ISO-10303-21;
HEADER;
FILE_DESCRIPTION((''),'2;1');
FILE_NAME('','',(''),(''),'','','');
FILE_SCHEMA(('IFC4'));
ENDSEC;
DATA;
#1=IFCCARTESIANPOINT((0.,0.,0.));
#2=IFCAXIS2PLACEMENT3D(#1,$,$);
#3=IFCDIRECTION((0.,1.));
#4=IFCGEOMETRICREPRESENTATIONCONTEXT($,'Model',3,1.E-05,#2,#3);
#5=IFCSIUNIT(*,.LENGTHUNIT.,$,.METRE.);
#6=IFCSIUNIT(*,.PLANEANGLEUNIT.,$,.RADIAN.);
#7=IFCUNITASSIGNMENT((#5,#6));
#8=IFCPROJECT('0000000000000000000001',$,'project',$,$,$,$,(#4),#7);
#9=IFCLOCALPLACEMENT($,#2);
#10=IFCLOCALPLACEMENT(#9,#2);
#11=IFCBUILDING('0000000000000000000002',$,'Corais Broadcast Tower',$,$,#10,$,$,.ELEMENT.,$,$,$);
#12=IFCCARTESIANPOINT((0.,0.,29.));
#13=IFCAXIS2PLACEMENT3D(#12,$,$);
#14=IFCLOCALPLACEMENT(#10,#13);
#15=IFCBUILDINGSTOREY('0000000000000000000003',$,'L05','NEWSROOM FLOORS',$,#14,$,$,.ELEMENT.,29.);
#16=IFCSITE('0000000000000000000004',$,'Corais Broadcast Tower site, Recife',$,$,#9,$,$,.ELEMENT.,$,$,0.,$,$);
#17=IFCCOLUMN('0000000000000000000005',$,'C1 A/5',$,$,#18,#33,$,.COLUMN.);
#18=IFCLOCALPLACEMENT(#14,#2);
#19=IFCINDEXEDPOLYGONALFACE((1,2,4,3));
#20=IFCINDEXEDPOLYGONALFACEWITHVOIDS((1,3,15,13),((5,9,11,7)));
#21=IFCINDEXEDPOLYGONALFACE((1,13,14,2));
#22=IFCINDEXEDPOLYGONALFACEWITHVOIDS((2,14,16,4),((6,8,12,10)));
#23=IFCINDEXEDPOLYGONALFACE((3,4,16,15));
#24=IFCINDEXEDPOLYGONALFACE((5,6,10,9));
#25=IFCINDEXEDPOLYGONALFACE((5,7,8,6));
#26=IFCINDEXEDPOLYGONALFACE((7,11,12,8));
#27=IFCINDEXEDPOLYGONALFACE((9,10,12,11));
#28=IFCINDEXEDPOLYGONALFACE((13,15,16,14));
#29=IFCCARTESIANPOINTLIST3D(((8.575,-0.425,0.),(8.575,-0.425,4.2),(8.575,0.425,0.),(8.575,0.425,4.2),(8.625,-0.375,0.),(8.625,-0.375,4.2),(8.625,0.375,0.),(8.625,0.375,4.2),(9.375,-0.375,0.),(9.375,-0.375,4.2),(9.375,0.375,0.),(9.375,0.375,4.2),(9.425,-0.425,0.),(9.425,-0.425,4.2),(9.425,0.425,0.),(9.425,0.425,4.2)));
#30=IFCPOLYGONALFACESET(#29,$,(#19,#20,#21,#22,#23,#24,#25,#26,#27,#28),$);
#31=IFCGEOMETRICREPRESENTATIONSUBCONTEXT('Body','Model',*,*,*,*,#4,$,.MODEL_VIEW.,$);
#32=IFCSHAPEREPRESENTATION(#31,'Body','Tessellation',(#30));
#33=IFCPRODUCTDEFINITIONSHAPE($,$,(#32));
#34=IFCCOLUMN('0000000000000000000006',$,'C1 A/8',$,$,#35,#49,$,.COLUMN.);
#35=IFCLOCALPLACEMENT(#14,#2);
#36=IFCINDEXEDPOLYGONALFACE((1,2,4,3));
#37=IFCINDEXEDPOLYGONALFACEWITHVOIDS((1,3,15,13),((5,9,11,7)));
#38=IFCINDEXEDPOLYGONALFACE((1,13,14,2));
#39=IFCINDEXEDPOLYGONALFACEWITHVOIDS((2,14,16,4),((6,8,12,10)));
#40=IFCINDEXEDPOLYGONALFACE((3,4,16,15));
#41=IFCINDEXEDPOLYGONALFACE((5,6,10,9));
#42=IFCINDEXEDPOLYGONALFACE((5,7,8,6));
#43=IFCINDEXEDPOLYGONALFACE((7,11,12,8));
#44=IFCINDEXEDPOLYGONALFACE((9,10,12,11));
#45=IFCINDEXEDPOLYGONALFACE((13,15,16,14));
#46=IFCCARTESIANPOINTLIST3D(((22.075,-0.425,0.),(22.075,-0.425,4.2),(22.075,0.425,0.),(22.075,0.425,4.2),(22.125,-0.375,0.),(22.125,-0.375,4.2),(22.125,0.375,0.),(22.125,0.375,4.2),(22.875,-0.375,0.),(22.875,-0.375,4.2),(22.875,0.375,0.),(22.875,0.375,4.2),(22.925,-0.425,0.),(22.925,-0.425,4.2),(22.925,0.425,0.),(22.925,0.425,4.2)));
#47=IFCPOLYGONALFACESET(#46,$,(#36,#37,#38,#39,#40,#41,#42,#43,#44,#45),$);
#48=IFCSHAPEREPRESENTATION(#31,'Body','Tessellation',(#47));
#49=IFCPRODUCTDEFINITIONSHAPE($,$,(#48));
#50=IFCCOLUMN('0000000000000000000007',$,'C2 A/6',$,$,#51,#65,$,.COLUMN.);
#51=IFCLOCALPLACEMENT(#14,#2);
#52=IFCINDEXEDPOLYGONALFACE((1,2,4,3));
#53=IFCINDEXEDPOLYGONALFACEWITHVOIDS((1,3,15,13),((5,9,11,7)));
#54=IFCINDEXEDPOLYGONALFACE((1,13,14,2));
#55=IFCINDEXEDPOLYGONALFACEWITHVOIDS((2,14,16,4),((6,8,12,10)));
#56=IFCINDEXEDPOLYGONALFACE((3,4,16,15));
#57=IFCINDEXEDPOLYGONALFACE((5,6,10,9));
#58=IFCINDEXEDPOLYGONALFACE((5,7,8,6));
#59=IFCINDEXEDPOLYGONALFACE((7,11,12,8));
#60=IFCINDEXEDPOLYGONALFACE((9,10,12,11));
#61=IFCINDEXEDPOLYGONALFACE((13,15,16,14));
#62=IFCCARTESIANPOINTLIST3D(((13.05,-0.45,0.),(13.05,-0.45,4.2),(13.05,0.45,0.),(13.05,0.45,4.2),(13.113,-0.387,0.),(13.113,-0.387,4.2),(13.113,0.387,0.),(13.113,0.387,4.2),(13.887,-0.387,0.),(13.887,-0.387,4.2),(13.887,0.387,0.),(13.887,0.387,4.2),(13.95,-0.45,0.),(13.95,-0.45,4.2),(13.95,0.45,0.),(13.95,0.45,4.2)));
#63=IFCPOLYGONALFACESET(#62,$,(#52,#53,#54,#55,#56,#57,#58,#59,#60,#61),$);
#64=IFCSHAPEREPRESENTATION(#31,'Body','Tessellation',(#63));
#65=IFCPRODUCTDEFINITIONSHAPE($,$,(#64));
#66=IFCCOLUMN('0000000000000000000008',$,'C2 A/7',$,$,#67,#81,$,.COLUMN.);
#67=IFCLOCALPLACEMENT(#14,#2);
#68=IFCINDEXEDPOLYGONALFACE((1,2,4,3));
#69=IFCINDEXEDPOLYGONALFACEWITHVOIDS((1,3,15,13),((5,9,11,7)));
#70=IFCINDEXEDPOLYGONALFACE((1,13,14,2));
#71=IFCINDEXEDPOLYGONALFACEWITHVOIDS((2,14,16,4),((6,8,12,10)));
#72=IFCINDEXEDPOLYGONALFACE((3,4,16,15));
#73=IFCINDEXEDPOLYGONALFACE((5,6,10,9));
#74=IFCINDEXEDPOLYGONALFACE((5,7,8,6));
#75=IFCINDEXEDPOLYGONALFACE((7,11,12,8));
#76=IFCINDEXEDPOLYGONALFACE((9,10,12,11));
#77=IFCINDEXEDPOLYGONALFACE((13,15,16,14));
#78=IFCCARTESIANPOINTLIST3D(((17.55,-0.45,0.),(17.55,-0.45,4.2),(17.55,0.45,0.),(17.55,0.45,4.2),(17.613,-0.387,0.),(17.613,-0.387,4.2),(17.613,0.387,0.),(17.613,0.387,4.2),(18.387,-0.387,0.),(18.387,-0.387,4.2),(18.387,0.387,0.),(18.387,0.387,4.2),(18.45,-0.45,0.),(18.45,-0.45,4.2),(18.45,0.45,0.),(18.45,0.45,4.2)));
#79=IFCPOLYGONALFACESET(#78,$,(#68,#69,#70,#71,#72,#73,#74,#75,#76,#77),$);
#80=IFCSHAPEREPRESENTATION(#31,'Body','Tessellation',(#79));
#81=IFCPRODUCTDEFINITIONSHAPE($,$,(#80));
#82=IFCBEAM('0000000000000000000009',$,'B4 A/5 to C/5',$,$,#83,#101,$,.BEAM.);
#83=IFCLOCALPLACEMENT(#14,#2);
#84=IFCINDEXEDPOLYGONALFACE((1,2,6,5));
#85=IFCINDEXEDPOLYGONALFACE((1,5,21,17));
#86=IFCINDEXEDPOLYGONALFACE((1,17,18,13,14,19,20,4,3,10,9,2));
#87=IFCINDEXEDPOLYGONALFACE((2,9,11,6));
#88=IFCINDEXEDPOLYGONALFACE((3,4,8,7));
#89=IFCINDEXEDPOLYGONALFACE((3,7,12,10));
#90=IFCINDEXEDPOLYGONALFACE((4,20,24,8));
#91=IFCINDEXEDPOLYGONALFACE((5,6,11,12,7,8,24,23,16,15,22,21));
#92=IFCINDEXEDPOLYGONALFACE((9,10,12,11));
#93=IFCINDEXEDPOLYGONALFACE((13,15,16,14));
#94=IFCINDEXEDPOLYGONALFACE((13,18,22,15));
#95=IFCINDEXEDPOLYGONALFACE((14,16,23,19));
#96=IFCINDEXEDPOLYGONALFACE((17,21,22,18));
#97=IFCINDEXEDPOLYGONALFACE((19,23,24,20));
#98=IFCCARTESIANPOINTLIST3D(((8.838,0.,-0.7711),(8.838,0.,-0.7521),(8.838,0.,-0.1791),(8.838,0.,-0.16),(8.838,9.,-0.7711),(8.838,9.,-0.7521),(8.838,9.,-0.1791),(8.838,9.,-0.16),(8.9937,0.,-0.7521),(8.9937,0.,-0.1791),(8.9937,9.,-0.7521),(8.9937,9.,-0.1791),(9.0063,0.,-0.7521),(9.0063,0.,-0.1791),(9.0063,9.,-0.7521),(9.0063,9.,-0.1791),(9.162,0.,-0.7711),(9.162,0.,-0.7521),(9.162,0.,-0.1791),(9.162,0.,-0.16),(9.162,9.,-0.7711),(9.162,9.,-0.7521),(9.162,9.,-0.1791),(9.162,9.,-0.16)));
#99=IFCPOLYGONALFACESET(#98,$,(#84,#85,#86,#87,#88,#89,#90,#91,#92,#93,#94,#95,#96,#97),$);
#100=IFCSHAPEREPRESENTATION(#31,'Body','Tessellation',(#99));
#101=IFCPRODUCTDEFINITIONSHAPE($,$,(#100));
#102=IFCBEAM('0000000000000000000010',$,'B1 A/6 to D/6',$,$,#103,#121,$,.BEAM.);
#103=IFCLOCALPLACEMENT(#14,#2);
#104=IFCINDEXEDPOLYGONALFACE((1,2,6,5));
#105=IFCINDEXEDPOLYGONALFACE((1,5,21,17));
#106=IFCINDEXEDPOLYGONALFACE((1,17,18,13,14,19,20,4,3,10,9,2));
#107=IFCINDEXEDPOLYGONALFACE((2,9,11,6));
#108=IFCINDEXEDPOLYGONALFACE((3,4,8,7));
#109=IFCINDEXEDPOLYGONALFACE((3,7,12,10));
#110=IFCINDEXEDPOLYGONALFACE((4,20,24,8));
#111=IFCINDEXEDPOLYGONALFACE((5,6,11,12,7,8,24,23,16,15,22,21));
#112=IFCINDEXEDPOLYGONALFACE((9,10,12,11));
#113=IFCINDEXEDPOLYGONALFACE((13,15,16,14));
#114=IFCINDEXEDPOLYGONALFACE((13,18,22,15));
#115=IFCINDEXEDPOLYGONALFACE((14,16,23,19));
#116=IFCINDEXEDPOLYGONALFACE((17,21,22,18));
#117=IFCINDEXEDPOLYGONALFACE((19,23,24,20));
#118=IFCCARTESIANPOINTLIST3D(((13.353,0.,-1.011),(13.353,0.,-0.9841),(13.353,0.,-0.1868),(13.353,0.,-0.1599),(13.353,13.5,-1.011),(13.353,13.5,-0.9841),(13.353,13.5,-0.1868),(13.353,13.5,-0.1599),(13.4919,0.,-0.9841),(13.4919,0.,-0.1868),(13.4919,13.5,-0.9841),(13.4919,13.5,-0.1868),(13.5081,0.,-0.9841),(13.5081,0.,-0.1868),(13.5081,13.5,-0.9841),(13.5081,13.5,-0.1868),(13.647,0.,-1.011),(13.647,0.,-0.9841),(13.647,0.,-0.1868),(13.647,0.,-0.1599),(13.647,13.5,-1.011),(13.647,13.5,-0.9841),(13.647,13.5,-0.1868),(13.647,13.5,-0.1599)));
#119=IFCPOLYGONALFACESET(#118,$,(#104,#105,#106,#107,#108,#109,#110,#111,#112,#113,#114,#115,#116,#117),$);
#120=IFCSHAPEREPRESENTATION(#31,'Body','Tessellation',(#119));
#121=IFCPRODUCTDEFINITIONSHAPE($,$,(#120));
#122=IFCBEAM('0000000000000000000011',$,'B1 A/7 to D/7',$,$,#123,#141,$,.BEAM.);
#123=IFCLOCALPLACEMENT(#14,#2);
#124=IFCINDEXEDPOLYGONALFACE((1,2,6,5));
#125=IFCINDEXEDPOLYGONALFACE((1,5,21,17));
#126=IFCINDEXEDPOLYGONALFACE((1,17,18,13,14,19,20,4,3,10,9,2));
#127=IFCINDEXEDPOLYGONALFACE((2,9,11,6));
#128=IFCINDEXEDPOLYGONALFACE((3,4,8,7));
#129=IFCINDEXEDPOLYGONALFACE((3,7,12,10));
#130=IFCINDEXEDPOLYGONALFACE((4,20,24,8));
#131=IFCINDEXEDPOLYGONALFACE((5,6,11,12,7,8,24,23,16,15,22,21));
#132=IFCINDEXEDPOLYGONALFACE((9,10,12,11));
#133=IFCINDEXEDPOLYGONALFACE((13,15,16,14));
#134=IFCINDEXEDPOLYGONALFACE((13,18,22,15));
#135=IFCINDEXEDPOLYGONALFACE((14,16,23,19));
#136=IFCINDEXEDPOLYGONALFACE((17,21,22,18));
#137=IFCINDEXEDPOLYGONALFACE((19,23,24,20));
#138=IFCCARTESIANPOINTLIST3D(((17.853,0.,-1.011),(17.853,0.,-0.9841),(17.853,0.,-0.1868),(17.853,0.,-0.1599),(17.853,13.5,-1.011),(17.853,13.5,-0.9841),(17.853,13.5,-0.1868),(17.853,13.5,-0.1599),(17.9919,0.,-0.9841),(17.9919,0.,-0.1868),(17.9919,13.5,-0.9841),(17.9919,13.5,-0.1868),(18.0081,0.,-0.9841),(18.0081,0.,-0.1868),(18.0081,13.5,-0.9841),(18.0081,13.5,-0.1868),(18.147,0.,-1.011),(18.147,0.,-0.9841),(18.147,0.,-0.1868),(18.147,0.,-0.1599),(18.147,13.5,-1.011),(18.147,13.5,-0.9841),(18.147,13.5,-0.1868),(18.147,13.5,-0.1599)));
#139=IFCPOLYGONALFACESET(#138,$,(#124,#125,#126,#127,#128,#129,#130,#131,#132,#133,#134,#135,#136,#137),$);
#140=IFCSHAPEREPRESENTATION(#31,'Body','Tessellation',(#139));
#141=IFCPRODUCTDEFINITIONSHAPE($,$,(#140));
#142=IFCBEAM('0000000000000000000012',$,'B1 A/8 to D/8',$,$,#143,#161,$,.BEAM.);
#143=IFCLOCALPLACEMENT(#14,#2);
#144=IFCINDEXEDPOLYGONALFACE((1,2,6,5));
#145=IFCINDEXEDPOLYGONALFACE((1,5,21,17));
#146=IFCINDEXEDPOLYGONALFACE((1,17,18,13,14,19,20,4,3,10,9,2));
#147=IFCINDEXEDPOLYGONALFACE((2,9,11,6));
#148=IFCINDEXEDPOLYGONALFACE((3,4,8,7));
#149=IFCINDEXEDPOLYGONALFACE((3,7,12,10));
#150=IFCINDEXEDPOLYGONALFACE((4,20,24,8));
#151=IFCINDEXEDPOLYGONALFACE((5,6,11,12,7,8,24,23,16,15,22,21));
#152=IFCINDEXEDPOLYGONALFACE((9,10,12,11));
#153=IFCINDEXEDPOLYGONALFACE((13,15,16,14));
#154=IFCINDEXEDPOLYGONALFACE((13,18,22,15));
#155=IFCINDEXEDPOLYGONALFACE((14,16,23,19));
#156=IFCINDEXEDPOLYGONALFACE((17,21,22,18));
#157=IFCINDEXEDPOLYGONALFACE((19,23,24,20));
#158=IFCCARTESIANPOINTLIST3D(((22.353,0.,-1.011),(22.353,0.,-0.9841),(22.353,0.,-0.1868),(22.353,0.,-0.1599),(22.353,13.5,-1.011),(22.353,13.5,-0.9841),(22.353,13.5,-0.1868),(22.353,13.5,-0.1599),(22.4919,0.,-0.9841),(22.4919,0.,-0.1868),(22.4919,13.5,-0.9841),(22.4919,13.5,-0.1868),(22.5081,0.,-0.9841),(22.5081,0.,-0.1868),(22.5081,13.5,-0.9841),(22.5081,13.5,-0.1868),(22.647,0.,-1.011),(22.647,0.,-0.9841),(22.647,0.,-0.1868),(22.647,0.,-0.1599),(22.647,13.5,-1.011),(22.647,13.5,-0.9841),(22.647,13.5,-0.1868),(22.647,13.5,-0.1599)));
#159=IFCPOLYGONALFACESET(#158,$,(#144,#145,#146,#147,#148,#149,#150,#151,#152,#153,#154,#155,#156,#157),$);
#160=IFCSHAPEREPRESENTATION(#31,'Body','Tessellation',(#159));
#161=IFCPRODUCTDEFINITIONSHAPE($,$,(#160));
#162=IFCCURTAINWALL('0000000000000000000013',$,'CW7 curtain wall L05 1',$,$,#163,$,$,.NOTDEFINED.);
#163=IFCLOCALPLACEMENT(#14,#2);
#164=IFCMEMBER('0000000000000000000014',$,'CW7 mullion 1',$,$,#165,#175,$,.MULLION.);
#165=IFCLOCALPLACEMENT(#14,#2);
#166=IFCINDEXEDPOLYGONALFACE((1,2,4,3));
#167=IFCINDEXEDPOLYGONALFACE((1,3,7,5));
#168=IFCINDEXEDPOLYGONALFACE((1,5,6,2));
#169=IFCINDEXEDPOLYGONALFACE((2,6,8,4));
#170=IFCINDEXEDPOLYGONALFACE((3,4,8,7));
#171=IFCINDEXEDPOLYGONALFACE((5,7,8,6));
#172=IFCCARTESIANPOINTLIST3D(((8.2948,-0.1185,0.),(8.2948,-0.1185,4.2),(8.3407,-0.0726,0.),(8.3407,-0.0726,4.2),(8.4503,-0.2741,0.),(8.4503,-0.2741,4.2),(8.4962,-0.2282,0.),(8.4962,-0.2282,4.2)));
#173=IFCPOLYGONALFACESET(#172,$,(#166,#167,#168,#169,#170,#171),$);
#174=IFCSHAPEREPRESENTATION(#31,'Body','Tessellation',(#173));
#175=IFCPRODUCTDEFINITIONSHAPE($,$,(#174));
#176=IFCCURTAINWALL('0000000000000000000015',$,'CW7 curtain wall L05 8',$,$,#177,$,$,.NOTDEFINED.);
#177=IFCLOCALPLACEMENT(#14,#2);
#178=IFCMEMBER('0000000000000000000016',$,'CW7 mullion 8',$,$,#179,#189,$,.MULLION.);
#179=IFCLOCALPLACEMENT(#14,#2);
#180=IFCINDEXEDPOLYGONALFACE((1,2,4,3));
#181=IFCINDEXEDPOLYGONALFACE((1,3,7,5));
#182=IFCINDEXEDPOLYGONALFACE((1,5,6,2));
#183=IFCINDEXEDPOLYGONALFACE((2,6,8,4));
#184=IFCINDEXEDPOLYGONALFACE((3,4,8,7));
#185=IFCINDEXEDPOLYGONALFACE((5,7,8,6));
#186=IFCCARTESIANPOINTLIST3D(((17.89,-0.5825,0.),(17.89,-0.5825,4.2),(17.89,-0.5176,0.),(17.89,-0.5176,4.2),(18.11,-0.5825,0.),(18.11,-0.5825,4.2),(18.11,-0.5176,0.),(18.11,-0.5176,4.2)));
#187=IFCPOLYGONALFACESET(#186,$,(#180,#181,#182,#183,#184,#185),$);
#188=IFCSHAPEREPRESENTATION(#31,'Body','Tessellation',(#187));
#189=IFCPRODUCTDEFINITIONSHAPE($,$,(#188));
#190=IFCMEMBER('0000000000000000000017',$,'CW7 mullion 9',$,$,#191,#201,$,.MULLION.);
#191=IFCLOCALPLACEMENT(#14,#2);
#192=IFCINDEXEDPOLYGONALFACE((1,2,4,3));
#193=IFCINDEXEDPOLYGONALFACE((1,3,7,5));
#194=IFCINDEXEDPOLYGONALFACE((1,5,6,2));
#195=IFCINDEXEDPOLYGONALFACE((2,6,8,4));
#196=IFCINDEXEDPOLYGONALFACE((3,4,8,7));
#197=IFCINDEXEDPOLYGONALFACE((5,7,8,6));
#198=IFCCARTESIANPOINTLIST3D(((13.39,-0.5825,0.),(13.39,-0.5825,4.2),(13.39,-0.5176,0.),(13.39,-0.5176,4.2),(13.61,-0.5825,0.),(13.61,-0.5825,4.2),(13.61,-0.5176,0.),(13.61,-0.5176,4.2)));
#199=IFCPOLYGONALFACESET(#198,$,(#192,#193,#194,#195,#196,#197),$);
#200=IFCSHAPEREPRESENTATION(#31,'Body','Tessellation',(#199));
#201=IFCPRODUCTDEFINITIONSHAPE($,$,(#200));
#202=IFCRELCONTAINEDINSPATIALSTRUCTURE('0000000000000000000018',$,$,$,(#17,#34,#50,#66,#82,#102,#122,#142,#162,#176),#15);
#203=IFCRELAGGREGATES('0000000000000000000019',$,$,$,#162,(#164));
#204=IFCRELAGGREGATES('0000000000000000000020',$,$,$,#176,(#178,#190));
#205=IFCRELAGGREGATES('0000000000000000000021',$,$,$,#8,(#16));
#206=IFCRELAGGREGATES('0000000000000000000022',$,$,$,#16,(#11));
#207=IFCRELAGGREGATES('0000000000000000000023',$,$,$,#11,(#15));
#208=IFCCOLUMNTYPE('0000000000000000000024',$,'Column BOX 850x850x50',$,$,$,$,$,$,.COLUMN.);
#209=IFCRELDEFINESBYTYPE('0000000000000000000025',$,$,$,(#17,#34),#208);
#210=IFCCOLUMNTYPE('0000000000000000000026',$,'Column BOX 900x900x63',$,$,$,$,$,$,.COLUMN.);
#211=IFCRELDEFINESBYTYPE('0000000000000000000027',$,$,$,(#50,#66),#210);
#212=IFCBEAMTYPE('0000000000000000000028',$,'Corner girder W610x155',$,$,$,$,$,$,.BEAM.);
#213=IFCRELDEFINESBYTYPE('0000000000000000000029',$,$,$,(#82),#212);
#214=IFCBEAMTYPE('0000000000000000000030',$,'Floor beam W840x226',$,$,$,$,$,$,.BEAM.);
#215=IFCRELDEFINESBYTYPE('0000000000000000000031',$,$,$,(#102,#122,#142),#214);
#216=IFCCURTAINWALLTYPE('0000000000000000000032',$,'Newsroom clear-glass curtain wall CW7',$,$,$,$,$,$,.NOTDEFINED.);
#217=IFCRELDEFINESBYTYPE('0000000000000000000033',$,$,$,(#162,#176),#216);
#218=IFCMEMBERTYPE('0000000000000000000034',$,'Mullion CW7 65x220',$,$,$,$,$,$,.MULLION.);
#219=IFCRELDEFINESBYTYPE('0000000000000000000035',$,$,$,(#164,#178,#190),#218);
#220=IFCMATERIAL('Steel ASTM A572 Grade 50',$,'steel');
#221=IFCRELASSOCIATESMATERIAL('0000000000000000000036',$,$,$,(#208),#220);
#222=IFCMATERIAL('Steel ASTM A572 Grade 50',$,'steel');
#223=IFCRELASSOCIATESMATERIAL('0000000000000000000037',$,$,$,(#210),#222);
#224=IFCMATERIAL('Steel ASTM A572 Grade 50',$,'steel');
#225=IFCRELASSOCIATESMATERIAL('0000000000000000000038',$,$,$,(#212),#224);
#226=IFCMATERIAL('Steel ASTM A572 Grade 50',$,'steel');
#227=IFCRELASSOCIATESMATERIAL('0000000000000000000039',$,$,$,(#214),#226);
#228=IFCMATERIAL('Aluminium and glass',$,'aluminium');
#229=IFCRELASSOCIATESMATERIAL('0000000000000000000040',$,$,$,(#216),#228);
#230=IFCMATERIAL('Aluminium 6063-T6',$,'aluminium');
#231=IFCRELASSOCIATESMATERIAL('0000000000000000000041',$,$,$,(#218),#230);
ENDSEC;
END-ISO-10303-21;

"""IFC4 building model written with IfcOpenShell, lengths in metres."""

from ifc_helpers import new_model, si_unit, direction, frame, origin, origin_2d, place, context, subcontext, project, spatial, rectangle, hollow_rectangle, i_section, extrude, material, material_profile, profile_set, type_object, element, aggregate, save


model = new_model("IFC4")

# Units and contexts
model_context = context("Model", 3, precision=1e-05, world=origin(), true_north=direction((0.0, 1.0)))
body_context = subcontext(model_context, "Body", "Model", "MODEL_VIEW")
ifc_project = project(units=[si_unit("LENGTHUNIT", "METRE"), si_unit("PLANEANGLEUNIT", "RADIAN")], contexts=[model_context])

# Site, building, storey
site_placement = place(None, origin())
site = spatial("IfcSite", under=ifc_project, at=site_placement, Name="Corais Broadcast Tower site, Recife", CompositionType="ELEMENT", RefElevation=0.0)
building_placement = place(site_placement, origin())
building = spatial("IfcBuilding", under=site, at=building_placement, Name="Corais Broadcast Tower", CompositionType="ELEMENT")
storey_placement = place(building_placement, frame((0.0, 0.0, 29.0)))
storey = spatial("IfcBuildingStorey", under=building, at=storey_placement, Name="L05", Description="NEWSROOM FLOORS", CompositionType="ELEMENT", Elevation=29.0)

# Columns
ifc_material_1 = material(Name="Steel ASTM A572 Grade 50", Category="steel")
ifc_material_profile_1 = material_profile(ifc_material_1, hollow_rectangle(XDim=0.8501, YDim=0.8501, WallThickness=0.05, at=origin_2d()), Name="BOX 850x850x50")
ifc_profile_set_1 = profile_set([ifc_material_profile_1], Name="Steel ASTM A572 Grade 50")
column_type_1 = type_object("IfcColumnType", Name="Column BOX 850x850x50", PredefinedType="COLUMN", material=ifc_profile_set_1)
for number, where, z_axis, x_axis, name in (
    (1, (9.0, 0.0, 0.0), (0.0, 0.0, 1.0), (1.0, 0.0, 0.0), "C1 A/5"),
    (2, (22.5, 0.0, 0.0), (0.0, 0.0, 1.0), (1.0, 0.0, 0.0), "C1 A/8"),
):
    element("IfcColumn", number, at=place(storey_placement, frame(where, z_axis=z_axis, x_axis=x_axis)), inside=storey, type_object=column_type_1, Name=name, PredefinedType="COLUMN", context=body_context, shape_type="SweptSolid", body=[
        extrude(hollow_rectangle(XDim=0.8501, YDim=0.8501, WallThickness=0.05, at=origin_2d()), origin(), (0.0, 0.0, 1.0), 4.2),
    ])
ifc_material_2 = material(Name="Steel ASTM A572 Grade 50", Category="steel")
ifc_material_profile_2 = material_profile(ifc_material_2, hollow_rectangle(XDim=0.8999, YDim=0.8999, WallThickness=0.063, at=origin_2d()), Name="BOX 900x900x63")
ifc_profile_set_2 = profile_set([ifc_material_profile_2], Name="Steel ASTM A572 Grade 50")
column_type_2 = type_object("IfcColumnType", Name="Column BOX 900x900x63", PredefinedType="COLUMN", material=ifc_profile_set_2)
for number, where, z_axis, x_axis, name in (
    (3, (13.5, 0.0, 0.0), (0.0, 0.0, 1.0), (1.0, 0.0, 0.0), "C2 A/6"),
    (4, (18.0, 0.0, 0.0), (0.0, 0.0, 1.0), (1.0, 0.0, 0.0), "C2 A/7"),
):
    element("IfcColumn", number, at=place(storey_placement, frame(where, z_axis=z_axis, x_axis=x_axis)), inside=storey, type_object=column_type_2, Name=name, PredefinedType="COLUMN", context=body_context, shape_type="SweptSolid", body=[
        extrude(hollow_rectangle(XDim=0.8999, YDim=0.8999, WallThickness=0.063, at=origin_2d()), origin(), (0.0, 0.0, 1.0), 4.2),
    ])

# Beams
ifc_material_3 = material(Name="Steel ASTM A572 Grade 50", Category="steel")
ifc_material_profile_3 = material_profile(ifc_material_3, i_section(OverallWidth=0.324, OverallDepth=0.6111, WebThickness=0.0127, FlangeThickness=0.019, at=origin_2d()), Name="W610x155")
ifc_profile_set_3 = profile_set([ifc_material_profile_3], Name="Steel ASTM A572 Grade 50")
beam_type_1 = type_object("IfcBeamType", Name="Corner girder W610x155", PredefinedType="BEAM", material=ifc_profile_set_3)
beam_1_placement = place(storey_placement, frame((9.0, 0.0, -0.4656), z_axis=(0.0, 1.0, 0.0), x_axis=(-1.0, 0.0, 0.0)))
element("IfcBeam", 5, at=beam_1_placement, inside=storey, type_object=beam_type_1, Name="B4 A/5 to C/5", PredefinedType="BEAM", context=body_context, shape_type="SweptSolid", body=[
    extrude(i_section(OverallWidth=0.324, OverallDepth=0.6111, WebThickness=0.0127, FlangeThickness=0.019, at=origin_2d()), origin(), (0.0, 0.0, 1.0), 9.0),
])
ifc_material_4 = material(Name="Steel ASTM A572 Grade 50", Category="steel")
ifc_material_profile_4 = material_profile(ifc_material_4, i_section(OverallWidth=0.2939, OverallDepth=0.8511, WebThickness=0.0161, FlangeThickness=0.0269, at=origin_2d()), Name="W840x226")
ifc_profile_set_4 = profile_set([ifc_material_profile_4], Name="Steel ASTM A572 Grade 50")
beam_type_2 = type_object("IfcBeamType", Name="Floor beam W840x226", PredefinedType="BEAM", material=ifc_profile_set_4)
for number, where, z_axis, x_axis, name in (
    (6, (13.5, 0.0, -0.5854), (0.0, 1.0, 0.0), (-1.0, 0.0, 0.0), "B1 A/6 to D/6"),
    (7, (18.0, 0.0, -0.5854), (0.0, 1.0, 0.0), (-1.0, 0.0, 0.0), "B1 A/7 to D/7"),
    (8, (22.5, 0.0, -0.5854), (0.0, 1.0, 0.0), (-1.0, 0.0, 0.0), "B1 A/8 to D/8"),
):
    element("IfcBeam", number, at=place(storey_placement, frame(where, z_axis=z_axis, x_axis=x_axis)), inside=storey, type_object=beam_type_2, Name=name, PredefinedType="BEAM", context=body_context, shape_type="SweptSolid", body=[
        extrude(i_section(OverallWidth=0.2939, OverallDepth=0.8511, WebThickness=0.0161, FlangeThickness=0.0269, at=origin_2d()), origin(), (0.0, 0.0, 1.0), 13.5),
    ])

# Curtain wall, member
ifc_material_5 = material(Name="Aluminium and glass", Category="aluminium")
curtain_wall_type = type_object("IfcCurtainWallType", Name="Newsroom clear-glass curtain wall CW7", PredefinedType="NOTDEFINED", material=ifc_material_5)
curtain_wall_1_placement = place(storey_placement, origin())
curtain_wall_1 = element("IfcCurtainWall", 9, at=curtain_wall_1_placement, inside=storey, type_object=curtain_wall_type, Name="CW7 curtain wall L05 1", PredefinedType="NOTDEFINED")
ifc_material_6 = material(Name="Aluminium 6063-T6", Category="aluminium")
ifc_material_profile_5 = material_profile(ifc_material_6, rectangle(XDim=0.0649, YDim=0.22, at=origin_2d()), Name="Mullion CW7 65x220")
ifc_profile_set_5 = profile_set([ifc_material_profile_5], Name="Aluminium 6063-T6")
member_type_1 = type_object("IfcMemberType", Name="Mullion CW7 65x220", PredefinedType="MULLION", material=ifc_profile_set_5)
member_1_placement = place(storey_placement, frame((8.3955, -0.1733, 0.0), z_axis=(0.0, 0.0, 1.0), x_axis=(-0.707107, -0.707107, 0.0)))
member_1 = element("IfcMember", 10, at=member_1_placement, type_object=member_type_1, Name="CW7 mullion 1", PredefinedType="MULLION", context=body_context, shape_type="SweptSolid", body=[
    extrude(rectangle(XDim=0.0649, YDim=0.22, at=origin_2d()), origin(), (0.0, 0.0, 1.0), 4.2),
])

# Curtain wall, members
curtain_wall_2_placement = place(storey_placement, origin())
curtain_wall_2 = element("IfcCurtainWall", 11, at=curtain_wall_2_placement, inside=storey, type_object=curtain_wall_type, Name="CW7 curtain wall L05 8", PredefinedType="NOTDEFINED")
member_2_placement = place(storey_placement, frame((18.0, -0.55, 0.0), z_axis=(0.0, 0.0, 1.0), x_axis=(0.0, -1.0, 0.0)))
member_2 = element("IfcMember", 12, at=member_2_placement, type_object=member_type_1, Name="CW7 mullion 8", PredefinedType="MULLION", context=body_context, shape_type="SweptSolid", body=[
    extrude(rectangle(XDim=0.0649, YDim=0.22, at=origin_2d()), origin(), (0.0, 0.0, 1.0), 4.2),
])
member_3_placement = place(storey_placement, frame((13.5, -0.55, 0.0), z_axis=(0.0, 0.0, 1.0), x_axis=(0.0, -1.0, 0.0)))
member_3 = element("IfcMember", 13, at=member_3_placement, type_object=member_type_1, Name="CW7 mullion 9", PredefinedType="MULLION", context=body_context, shape_type="SweptSolid", body=[
    extrude(rectangle(XDim=0.0649, YDim=0.22, at=origin_2d()), origin(), (0.0, 0.0, 1.0), 4.2),
])

aggregate(curtain_wall_1, [member_1])

aggregate(curtain_wall_2, [member_2, member_3])

save(model, "model.ifc")
